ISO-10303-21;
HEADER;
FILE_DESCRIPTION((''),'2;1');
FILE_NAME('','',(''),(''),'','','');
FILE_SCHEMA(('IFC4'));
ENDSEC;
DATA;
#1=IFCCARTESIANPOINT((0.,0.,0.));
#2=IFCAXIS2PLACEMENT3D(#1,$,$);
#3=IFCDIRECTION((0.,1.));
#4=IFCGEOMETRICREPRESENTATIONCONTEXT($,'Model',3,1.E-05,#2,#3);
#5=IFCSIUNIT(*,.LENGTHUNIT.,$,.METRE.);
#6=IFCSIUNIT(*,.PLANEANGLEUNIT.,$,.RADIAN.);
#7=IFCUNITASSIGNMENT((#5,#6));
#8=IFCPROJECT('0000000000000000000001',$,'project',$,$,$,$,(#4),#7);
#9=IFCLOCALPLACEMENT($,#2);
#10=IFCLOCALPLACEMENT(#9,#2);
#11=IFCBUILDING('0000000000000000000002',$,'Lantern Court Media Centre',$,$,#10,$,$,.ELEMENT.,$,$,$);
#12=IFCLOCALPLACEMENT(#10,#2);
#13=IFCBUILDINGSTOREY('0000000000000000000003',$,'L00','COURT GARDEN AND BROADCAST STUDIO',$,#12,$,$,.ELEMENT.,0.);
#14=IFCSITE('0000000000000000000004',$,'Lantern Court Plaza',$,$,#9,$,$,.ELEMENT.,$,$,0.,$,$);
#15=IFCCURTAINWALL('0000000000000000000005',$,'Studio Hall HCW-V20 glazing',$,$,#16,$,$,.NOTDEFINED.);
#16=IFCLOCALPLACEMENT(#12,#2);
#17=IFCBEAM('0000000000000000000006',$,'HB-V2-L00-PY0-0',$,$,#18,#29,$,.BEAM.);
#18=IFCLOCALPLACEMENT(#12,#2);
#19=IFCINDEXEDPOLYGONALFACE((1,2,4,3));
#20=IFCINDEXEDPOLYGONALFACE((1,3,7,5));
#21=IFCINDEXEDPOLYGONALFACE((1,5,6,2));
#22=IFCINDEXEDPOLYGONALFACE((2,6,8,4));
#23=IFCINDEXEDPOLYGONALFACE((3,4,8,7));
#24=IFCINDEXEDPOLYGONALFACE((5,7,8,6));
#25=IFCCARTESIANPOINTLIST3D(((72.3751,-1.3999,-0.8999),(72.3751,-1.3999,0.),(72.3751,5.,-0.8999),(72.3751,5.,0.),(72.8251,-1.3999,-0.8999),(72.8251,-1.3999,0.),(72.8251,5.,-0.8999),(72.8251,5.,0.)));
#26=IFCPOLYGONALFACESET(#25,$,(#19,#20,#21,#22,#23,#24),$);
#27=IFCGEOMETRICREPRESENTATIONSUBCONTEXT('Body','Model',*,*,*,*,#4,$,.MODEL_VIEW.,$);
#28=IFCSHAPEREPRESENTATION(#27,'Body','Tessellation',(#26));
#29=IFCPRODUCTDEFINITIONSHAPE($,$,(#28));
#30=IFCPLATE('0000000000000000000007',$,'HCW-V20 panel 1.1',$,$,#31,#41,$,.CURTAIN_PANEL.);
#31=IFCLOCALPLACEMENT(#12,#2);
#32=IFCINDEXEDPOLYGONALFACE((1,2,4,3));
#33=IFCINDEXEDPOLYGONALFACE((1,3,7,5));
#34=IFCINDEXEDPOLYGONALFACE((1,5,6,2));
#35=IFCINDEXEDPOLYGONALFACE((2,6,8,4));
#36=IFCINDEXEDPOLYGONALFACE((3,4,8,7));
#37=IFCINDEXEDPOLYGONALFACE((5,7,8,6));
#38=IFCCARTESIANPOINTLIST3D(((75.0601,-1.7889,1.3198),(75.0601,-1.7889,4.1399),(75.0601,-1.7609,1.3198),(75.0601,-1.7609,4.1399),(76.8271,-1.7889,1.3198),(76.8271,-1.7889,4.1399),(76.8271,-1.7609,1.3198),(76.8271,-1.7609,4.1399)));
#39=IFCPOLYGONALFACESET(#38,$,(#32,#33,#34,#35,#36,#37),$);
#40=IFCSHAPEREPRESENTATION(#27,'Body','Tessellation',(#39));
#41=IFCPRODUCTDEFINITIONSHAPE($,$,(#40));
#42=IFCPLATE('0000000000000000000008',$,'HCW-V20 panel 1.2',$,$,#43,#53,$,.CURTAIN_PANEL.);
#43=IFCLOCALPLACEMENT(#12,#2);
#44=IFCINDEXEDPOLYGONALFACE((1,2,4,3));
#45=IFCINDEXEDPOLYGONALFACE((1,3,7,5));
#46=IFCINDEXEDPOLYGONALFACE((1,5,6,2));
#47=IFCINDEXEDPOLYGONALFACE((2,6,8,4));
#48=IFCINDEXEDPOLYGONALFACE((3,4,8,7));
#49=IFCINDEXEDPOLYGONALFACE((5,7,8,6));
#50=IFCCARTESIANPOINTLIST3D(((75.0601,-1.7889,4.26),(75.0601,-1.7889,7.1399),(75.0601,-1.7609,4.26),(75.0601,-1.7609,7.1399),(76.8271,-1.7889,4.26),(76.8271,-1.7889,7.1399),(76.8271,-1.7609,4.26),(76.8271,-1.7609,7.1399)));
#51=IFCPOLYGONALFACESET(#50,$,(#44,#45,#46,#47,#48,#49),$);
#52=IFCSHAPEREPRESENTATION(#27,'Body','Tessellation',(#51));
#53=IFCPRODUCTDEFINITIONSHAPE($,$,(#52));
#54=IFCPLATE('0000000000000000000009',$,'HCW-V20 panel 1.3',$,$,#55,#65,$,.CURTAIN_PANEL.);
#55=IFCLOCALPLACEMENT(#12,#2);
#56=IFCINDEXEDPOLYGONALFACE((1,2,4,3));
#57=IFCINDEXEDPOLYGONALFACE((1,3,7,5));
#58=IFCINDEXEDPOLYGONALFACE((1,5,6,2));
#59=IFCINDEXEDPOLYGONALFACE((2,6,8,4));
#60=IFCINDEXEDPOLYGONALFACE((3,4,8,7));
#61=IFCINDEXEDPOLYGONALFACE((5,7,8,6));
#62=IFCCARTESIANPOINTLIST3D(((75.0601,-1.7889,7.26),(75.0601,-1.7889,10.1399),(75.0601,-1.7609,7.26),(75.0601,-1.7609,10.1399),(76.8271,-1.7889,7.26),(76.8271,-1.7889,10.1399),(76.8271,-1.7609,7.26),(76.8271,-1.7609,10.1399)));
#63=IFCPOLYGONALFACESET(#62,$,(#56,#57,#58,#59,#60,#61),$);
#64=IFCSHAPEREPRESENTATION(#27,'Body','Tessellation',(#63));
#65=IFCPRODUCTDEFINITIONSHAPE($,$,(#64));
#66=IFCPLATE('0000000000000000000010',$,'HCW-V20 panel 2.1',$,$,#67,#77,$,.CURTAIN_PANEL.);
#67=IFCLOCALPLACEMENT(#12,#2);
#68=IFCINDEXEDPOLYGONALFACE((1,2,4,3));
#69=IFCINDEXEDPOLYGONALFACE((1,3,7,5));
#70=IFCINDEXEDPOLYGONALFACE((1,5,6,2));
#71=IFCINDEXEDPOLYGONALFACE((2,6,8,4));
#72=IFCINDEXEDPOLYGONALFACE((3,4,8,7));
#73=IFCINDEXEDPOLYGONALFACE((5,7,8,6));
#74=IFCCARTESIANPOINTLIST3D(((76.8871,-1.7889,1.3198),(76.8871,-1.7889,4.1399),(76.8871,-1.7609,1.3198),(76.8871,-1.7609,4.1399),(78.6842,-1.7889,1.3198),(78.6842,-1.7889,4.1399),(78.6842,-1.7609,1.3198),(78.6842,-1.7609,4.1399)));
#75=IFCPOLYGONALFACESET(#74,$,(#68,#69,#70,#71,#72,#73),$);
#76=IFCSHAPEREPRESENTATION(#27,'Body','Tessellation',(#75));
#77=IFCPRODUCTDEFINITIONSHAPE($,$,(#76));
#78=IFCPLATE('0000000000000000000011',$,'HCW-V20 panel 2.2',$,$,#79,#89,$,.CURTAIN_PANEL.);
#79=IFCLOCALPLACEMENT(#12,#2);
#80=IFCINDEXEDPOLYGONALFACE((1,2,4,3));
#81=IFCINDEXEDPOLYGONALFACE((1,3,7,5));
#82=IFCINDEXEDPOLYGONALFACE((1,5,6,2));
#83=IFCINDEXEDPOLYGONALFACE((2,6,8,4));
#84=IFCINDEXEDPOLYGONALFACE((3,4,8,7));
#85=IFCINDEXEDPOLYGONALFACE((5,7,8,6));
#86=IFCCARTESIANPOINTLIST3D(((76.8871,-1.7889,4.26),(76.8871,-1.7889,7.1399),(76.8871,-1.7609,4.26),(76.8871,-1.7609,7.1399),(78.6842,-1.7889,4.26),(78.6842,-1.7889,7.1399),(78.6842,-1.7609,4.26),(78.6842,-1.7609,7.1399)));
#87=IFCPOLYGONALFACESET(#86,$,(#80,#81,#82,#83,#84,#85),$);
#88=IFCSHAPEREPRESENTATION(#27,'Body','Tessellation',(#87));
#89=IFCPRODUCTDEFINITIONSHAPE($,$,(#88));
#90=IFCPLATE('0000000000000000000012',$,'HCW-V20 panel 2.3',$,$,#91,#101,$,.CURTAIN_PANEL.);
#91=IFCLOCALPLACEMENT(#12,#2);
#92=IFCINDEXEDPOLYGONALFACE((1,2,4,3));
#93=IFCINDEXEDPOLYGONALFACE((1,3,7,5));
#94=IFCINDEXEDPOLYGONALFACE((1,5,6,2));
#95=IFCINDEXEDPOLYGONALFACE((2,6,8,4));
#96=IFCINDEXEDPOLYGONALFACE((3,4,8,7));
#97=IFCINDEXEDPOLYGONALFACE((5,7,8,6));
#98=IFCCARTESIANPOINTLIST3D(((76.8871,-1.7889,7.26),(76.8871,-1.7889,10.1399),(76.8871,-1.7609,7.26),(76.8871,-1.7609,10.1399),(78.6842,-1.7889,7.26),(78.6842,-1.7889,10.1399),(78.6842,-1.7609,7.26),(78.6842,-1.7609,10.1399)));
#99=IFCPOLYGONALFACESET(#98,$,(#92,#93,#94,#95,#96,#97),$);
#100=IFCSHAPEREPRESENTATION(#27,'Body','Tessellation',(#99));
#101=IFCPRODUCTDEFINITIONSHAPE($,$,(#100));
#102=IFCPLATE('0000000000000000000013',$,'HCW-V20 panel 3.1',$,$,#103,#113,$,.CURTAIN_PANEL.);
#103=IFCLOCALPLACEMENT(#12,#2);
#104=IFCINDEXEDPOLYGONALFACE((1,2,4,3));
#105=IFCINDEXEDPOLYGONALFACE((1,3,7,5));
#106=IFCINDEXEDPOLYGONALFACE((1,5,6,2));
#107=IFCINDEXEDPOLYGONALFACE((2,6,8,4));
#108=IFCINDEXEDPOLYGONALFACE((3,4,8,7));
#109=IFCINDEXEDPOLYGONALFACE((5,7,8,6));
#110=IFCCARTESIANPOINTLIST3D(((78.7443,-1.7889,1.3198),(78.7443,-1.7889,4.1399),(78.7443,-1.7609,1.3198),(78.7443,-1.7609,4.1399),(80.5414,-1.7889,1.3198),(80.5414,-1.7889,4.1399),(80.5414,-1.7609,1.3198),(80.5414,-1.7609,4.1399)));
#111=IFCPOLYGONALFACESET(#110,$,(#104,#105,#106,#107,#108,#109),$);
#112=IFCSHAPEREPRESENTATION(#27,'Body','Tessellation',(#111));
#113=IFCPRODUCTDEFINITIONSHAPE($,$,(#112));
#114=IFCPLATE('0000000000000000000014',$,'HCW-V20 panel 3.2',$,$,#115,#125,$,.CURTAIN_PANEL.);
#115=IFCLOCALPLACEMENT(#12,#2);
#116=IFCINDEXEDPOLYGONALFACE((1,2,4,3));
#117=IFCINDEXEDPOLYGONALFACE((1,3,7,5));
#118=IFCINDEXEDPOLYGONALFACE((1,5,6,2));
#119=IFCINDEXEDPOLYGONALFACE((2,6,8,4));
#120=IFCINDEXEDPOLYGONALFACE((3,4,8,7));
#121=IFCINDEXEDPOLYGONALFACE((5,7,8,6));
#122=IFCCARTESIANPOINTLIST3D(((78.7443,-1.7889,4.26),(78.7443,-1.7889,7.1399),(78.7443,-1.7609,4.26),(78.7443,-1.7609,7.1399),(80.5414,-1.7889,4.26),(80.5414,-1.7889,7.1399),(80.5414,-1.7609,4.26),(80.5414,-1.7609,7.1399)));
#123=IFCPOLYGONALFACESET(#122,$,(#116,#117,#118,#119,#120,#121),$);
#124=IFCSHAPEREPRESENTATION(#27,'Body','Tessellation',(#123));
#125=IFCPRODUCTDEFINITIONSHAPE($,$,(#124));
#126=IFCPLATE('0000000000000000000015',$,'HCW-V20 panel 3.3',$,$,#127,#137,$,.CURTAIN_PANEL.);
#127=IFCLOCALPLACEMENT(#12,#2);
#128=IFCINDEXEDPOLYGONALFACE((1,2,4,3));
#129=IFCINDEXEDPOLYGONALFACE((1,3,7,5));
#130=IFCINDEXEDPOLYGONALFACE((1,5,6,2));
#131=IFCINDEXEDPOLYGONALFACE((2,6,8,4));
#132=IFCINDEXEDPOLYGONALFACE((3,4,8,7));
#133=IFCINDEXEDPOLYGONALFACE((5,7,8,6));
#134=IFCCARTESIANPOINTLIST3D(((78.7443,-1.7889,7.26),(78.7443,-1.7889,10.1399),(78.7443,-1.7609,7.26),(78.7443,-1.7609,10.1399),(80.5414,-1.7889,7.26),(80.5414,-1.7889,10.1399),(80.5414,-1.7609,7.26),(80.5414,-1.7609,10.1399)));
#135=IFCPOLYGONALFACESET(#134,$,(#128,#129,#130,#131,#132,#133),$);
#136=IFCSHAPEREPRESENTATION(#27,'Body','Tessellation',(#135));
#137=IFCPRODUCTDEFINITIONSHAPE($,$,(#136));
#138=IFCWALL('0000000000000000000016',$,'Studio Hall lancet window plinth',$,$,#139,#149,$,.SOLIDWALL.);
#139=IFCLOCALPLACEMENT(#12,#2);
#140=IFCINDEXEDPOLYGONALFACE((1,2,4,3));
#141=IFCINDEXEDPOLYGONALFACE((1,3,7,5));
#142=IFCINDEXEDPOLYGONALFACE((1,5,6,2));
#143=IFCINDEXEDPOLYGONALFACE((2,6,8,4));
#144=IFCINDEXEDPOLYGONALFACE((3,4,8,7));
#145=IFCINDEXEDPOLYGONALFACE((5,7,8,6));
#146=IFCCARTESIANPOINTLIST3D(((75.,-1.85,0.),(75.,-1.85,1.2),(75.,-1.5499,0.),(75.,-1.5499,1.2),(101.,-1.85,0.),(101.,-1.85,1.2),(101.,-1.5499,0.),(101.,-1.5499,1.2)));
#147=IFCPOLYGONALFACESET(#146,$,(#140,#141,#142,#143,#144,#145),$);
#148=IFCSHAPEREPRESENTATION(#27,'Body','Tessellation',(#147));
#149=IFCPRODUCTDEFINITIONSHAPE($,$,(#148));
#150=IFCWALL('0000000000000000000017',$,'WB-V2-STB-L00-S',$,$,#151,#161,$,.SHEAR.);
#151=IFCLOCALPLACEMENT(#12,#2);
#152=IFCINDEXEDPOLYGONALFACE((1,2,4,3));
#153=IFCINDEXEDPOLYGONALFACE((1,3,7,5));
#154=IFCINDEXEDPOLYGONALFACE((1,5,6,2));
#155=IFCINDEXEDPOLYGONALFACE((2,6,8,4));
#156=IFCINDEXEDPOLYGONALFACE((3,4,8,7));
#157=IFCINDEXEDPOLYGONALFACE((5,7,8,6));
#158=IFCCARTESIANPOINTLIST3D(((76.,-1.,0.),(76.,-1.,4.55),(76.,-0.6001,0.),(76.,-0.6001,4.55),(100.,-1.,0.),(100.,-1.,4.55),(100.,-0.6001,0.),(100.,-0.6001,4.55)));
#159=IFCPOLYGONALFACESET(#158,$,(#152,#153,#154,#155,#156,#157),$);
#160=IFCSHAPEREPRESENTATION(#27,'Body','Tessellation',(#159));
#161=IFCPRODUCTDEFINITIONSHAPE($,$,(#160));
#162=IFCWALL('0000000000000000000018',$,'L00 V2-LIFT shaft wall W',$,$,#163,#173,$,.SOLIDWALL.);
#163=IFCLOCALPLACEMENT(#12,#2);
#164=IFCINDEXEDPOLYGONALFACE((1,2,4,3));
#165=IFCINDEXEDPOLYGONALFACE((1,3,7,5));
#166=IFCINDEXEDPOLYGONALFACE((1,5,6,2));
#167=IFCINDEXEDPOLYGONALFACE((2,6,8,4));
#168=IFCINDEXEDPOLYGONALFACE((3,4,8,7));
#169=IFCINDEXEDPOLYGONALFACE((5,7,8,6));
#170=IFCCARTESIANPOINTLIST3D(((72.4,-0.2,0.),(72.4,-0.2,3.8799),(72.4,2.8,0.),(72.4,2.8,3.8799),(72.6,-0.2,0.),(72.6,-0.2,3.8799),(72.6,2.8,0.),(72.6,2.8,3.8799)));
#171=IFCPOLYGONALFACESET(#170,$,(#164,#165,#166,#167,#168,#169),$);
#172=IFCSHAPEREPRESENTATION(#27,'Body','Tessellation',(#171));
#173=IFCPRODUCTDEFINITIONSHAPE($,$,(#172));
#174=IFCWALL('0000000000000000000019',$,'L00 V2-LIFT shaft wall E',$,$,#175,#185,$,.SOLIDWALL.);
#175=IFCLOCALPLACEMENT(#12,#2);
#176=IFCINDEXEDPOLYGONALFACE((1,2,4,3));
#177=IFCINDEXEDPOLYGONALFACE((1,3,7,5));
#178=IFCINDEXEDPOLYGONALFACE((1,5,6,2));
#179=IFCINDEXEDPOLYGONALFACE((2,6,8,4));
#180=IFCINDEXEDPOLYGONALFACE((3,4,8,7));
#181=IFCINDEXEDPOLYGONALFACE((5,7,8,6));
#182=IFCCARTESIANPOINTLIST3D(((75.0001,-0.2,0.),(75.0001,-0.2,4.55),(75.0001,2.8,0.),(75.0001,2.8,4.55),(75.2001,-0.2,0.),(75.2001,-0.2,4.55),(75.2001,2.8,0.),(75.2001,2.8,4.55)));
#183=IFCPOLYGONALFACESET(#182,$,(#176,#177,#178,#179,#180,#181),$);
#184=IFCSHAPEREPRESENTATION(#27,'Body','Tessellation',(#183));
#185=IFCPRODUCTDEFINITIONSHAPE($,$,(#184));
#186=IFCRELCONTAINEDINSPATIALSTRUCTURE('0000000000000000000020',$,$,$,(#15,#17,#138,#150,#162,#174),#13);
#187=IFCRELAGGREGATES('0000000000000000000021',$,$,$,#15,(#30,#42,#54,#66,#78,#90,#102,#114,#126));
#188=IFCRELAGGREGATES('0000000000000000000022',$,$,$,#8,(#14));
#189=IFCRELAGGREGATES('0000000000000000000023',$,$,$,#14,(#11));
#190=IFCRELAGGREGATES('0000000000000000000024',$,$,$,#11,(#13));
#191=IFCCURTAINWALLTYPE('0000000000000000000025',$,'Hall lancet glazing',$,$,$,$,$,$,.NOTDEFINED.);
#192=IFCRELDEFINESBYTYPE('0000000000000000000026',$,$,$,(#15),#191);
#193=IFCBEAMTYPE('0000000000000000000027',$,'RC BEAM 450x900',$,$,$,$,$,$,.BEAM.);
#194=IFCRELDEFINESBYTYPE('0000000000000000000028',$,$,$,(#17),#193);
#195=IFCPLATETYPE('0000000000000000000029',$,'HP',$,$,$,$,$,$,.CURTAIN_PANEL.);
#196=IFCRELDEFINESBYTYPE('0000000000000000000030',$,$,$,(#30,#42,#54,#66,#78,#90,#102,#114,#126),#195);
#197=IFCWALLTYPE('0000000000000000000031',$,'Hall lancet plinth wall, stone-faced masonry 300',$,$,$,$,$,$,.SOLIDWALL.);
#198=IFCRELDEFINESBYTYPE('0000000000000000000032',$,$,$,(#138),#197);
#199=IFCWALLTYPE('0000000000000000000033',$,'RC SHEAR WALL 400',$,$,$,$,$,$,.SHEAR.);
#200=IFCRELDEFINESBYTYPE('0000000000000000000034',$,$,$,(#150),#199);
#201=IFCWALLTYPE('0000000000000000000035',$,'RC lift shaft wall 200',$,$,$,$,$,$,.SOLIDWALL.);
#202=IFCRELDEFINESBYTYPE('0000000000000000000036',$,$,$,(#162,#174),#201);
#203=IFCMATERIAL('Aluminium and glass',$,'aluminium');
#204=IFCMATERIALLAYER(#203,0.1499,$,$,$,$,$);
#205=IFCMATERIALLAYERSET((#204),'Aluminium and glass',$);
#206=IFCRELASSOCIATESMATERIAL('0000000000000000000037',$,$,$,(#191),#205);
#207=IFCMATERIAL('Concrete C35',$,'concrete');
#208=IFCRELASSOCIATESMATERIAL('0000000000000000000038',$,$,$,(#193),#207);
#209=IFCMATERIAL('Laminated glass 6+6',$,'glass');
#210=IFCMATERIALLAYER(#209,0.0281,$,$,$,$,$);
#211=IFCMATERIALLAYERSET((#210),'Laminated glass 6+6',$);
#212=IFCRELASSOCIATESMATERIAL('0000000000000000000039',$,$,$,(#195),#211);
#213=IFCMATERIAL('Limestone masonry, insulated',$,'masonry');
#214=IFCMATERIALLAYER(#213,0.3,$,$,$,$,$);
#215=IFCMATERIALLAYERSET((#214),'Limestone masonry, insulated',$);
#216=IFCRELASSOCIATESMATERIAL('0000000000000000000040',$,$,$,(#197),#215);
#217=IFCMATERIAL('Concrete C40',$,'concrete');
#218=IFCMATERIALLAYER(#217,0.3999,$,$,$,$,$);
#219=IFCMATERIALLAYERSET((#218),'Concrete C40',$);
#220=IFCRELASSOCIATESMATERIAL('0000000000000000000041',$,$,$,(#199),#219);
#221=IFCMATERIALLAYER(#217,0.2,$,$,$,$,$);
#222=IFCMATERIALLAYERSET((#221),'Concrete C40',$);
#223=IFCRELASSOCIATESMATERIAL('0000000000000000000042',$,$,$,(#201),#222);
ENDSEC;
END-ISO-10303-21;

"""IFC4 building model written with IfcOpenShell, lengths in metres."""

from ifc_helpers import new_model, si_unit, direction, frame, frame_2d, origin, origin_2d, place, context, subcontext, project, spatial, rectangle, extrude, material, layer, layer_set, material_profile, profile_set, type_object, element, aggregate, save


model = new_model("IFC4")

# Units and contexts
model_context = context("Model", 3, precision=1e-05, world=origin(), true_north=direction((0.0, 1.0)))
body_context = subcontext(model_context, "Body", "Model", "MODEL_VIEW")
ifc_project = project(units=[si_unit("LENGTHUNIT", "METRE"), si_unit("PLANEANGLEUNIT", "RADIAN")], contexts=[model_context])

# Site, building, storey
site_placement = place(None, origin())
site = spatial("IfcSite", under=ifc_project, at=site_placement, Name="Lantern Court Plaza", CompositionType="ELEMENT", RefElevation=0.0)
building_placement = place(site_placement, origin())
building = spatial("IfcBuilding", under=site, at=building_placement, Name="Lantern Court Media Centre", CompositionType="ELEMENT")
storey_placement = place(building_placement, origin())
storey = spatial("IfcBuildingStorey", under=building, at=storey_placement, Name="L00", Description="COURT GARDEN AND BROADCAST STUDIO", CompositionType="ELEMENT", Elevation=0.0)

# Shared definitions
ifc_material_1 = material(Name="Concrete C35", Category="concrete")

# Curtain wall
ifc_material_2 = material(Name="Aluminium and glass", Category="aluminium")
ifc_layer_1 = layer(ifc_material_2, 0.1499)
ifc_layer_set_1 = layer_set([ifc_layer_1], Name="Aluminium and glass")
curtain_wall_type = type_object("IfcCurtainWallType", Name="Hall lancet glazing", PredefinedType="NOTDEFINED", material=ifc_layer_set_1)
curtain_wall_placement = place(storey_placement, origin())
curtain_wall = element("IfcCurtainWall", 1, at=curtain_wall_placement, inside=storey, type_object=curtain_wall_type, Name="Studio Hall HCW-V20 glazing", PredefinedType="NOTDEFINED")

# Beam
ifc_material_profile_1 = material_profile(ifc_material_1, rectangle(XDim=0.45, YDim=0.8999, at=origin_2d()), Name="RC 450x900")
ifc_profile_set_1 = profile_set([ifc_material_profile_1], Name="Concrete C35")
beam_type = type_object("IfcBeamType", Name="RC BEAM 450x900", PredefinedType="BEAM", material=ifc_profile_set_1)
beam_1_placement = place(storey_placement, frame((72.6001, -1.3999, -0.45), z_axis=(0.0, 1.0, 0.0), x_axis=(-1.0, 0.0, 0.0)))
element("IfcBeam", 2, at=beam_1_placement, inside=storey, type_object=beam_type, Name="HB-V2-L00-PY0-0", PredefinedType="BEAM", context=body_context, shape_type="SweptSolid", body=[
    extrude(rectangle(XDim=0.45, YDim=0.8999, at=origin_2d()), origin(), (0.0, 0.0, 1.0), 6.3999),
])

# Plates
ifc_material_3 = material(Name="Laminated glass 6+6", Category="glass")
ifc_layer_2 = layer(ifc_material_3, 0.0281)
ifc_layer_set_2 = layer_set([ifc_layer_2], Name="Laminated glass 6+6")
plate_type = type_object("IfcPlateType", Name="HP", PredefinedType="CURTAIN_PANEL", material=ifc_layer_set_2)
plate_1_placement = place(storey_placement, frame((75.9436, -1.7749, 1.3198), z_axis=(0.0, 0.0, 1.0), x_axis=(1.0, 0.0, 0.0)))
plate_1 = element("IfcPlate", 3, at=plate_1_placement, type_object=plate_type, Name="HCW-V20 panel 1.1", PredefinedType="CURTAIN_PANEL", context=body_context, shape_type="SweptSolid", body=[
    extrude(rectangle(XDim=1.7671, YDim=0.0281, at=origin_2d()), origin(), (0.0, 0.0, 1.0), 2.8201),
])
plate_2_placement = place(storey_placement, frame((75.9436, -1.7749, 4.26), z_axis=(0.0, 0.0, 1.0), x_axis=(1.0, 0.0, 0.0)))
plate_2 = element("IfcPlate", 4, at=plate_2_placement, type_object=plate_type, Name="HCW-V20 panel 1.2", PredefinedType="CURTAIN_PANEL", context=body_context, shape_type="SweptSolid", body=[
    extrude(rectangle(XDim=1.7671, YDim=0.0281, at=origin_2d()), origin(), (0.0, 0.0, 1.0), 2.8799),
])
plate_3_placement = place(storey_placement, frame((75.9436, -1.7749, 7.26), z_axis=(0.0, 0.0, 1.0), x_axis=(1.0, 0.0, 0.0)))
plate_3 = element("IfcPlate", 5, at=plate_3_placement, type_object=plate_type, Name="HCW-V20 panel 1.3", PredefinedType="CURTAIN_PANEL", context=body_context, shape_type="SweptSolid", body=[
    extrude(rectangle(XDim=1.7671, YDim=0.0281, at=origin_2d()), origin(), (0.0, 0.0, 1.0), 2.8799),
])
plate_4_placement = place(storey_placement, frame((77.7856, -1.7749, 1.3198), z_axis=(0.0, 0.0, 1.0), x_axis=(1.0, 0.0, 0.0)))
plate_4 = element("IfcPlate", 6, at=plate_4_placement, type_object=plate_type, Name="HCW-V20 panel 2.1", PredefinedType="CURTAIN_PANEL", context=body_context, shape_type="SweptSolid", body=[
    extrude(rectangle(XDim=1.7971, YDim=0.0281, at=origin_2d()), origin(), (0.0, 0.0, 1.0), 2.8201),
])
plate_5_placement = place(storey_placement, frame((77.7856, -1.7749, 4.26), z_axis=(0.0, 0.0, 1.0), x_axis=(1.0, 0.0, 0.0)))
plate_5 = element("IfcPlate", 7, at=plate_5_placement, type_object=plate_type, Name="HCW-V20 panel 2.2", PredefinedType="CURTAIN_PANEL", context=body_context, shape_type="SweptSolid", body=[
    extrude(rectangle(XDim=1.7971, YDim=0.0281, at=origin_2d()), origin(), (0.0, 0.0, 1.0), 2.8799),
])
plate_6_placement = place(storey_placement, frame((77.7856, -1.7749, 7.26), z_axis=(0.0, 0.0, 1.0), x_axis=(1.0, 0.0, 0.0)))
plate_6 = element("IfcPlate", 8, at=plate_6_placement, type_object=plate_type, Name="HCW-V20 panel 2.3", PredefinedType="CURTAIN_PANEL", context=body_context, shape_type="SweptSolid", body=[
    extrude(rectangle(XDim=1.7971, YDim=0.0281, at=origin_2d()), origin(), (0.0, 0.0, 1.0), 2.8799),
])
plate_7_placement = place(storey_placement, frame((79.6428, -1.7749, 1.3198), z_axis=(0.0, 0.0, 1.0), x_axis=(1.0, 0.0, 0.0)))
plate_7 = element("IfcPlate", 9, at=plate_7_placement, type_object=plate_type, Name="HCW-V20 panel 3.1", PredefinedType="CURTAIN_PANEL", context=body_context, shape_type="SweptSolid", body=[
    extrude(rectangle(XDim=1.7971, YDim=0.0281, at=origin_2d()), origin(), (0.0, 0.0, 1.0), 2.8201),
])
plate_8_placement = place(storey_placement, frame((79.6428, -1.7749, 4.26), z_axis=(0.0, 0.0, 1.0), x_axis=(1.0, 0.0, 0.0)))
plate_8 = element("IfcPlate", 10, at=plate_8_placement, type_object=plate_type, Name="HCW-V20 panel 3.2", PredefinedType="CURTAIN_PANEL", context=body_context, shape_type="SweptSolid", body=[
    extrude(rectangle(XDim=1.7971, YDim=0.0281, at=origin_2d()), origin(), (0.0, 0.0, 1.0), 2.8799),
])
plate_9_placement = place(storey_placement, frame((79.6428, -1.7749, 7.26), z_axis=(0.0, 0.0, 1.0), x_axis=(1.0, 0.0, 0.0)))
plate_9 = element("IfcPlate", 11, at=plate_9_placement, type_object=plate_type, Name="HCW-V20 panel 3.3", PredefinedType="CURTAIN_PANEL", context=body_context, shape_type="SweptSolid", body=[
    extrude(rectangle(XDim=1.7971, YDim=0.0281, at=origin_2d()), origin(), (0.0, 0.0, 1.0), 2.8799),
])
aggregate(curtain_wall, [plate_1, plate_2, plate_3, plate_4, plate_5, plate_6, plate_7, plate_8, plate_9])

# Walls
ifc_material_4 = material(Name="Limestone masonry, insulated", Category="masonry")
ifc_layer_3 = layer(ifc_material_4, 0.3)
ifc_layer_set_3 = layer_set([ifc_layer_3], Name="Limestone masonry, insulated")
wall_type_1 = type_object("IfcWallType", Name="Hall lancet plinth wall, stone-faced masonry 300", PredefinedType="SOLIDWALL", material=ifc_layer_set_3)
wall_1_placement = place(storey_placement, frame((75.0, -1.7, 0.0), z_axis=(0.0, 0.0, 1.0), x_axis=(1.0, 0.0, 0.0)))
element("IfcWall", 12, at=wall_1_placement, inside=storey, type_object=wall_type_1, Name="Studio Hall lancet window plinth", PredefinedType="SOLIDWALL", context=body_context, shape_type="SweptSolid", body=[
    extrude(rectangle(XDim=26.0, YDim=0.3, at=frame_2d((13.0, 0.0))), origin(), (0.0, 0.0, 1.0), 1.2),
])
ifc_material_5 = material(Name="Concrete C40", Category="concrete")
ifc_layer_4 = layer(ifc_material_5, 0.3999)
ifc_layer_set_4 = layer_set([ifc_layer_4], Name="Concrete C40")
wall_type_2 = type_object("IfcWallType", Name="RC SHEAR WALL 400", PredefinedType="SHEAR", material=ifc_layer_set_4)
wall_2_placement = place(storey_placement, frame((76.0, -0.8, 0.0), z_axis=(0.0, 0.0, 1.0), x_axis=(1.0, 0.0, 0.0)))
element("IfcWall", 13, at=wall_2_placement, inside=storey, type_object=wall_type_2, Name="WB-V2-STB-L00-S", PredefinedType="SHEAR", context=body_context, shape_type="SweptSolid", body=[
    extrude(rectangle(XDim=24.0, YDim=0.3999, at=frame_2d((12.0, 0.0))), origin(), (0.0, 0.0, 1.0), 4.55),
])

# Walls
ifc_layer_5 = layer(ifc_material_5, 0.2)
ifc_layer_set_5 = layer_set([ifc_layer_5], Name="Concrete C40")
wall_type_3 = type_object("IfcWallType", Name="RC lift shaft wall 200", PredefinedType="SOLIDWALL", material=ifc_layer_set_5)
wall_3_placement = place(storey_placement, frame((72.5, -0.2, 0.0), z_axis=(0.0, 0.0, 1.0), x_axis=(0.0, 1.0, 0.0)))
element("IfcWall", 14, at=wall_3_placement, inside=storey, type_object=wall_type_3, Name="L00 V2-LIFT shaft wall W", PredefinedType="SOLIDWALL", context=body_context, shape_type="SweptSolid", body=[
    extrude(rectangle(XDim=3.0, YDim=0.2, at=frame_2d((1.5, 0.0))), origin(), (0.0, 0.0, 1.0), 3.8799),
])
wall_4_placement = place(storey_placement, frame((75.1001, -0.2, 0.0), z_axis=(0.0, 0.0, 1.0), x_axis=(0.0, 1.0, 0.0)))
element("IfcWall", 15, at=wall_4_placement, inside=storey, type_object=wall_type_3, Name="L00 V2-LIFT shaft wall E", PredefinedType="SOLIDWALL", context=body_context, shape_type="SweptSolid", body=[
    extrude(rectangle(XDim=3.0, YDim=0.2, at=frame_2d((1.5, 0.0))), origin(), (0.0, 0.0, 1.0), 4.55),
])

save(model, "model.ifc")
